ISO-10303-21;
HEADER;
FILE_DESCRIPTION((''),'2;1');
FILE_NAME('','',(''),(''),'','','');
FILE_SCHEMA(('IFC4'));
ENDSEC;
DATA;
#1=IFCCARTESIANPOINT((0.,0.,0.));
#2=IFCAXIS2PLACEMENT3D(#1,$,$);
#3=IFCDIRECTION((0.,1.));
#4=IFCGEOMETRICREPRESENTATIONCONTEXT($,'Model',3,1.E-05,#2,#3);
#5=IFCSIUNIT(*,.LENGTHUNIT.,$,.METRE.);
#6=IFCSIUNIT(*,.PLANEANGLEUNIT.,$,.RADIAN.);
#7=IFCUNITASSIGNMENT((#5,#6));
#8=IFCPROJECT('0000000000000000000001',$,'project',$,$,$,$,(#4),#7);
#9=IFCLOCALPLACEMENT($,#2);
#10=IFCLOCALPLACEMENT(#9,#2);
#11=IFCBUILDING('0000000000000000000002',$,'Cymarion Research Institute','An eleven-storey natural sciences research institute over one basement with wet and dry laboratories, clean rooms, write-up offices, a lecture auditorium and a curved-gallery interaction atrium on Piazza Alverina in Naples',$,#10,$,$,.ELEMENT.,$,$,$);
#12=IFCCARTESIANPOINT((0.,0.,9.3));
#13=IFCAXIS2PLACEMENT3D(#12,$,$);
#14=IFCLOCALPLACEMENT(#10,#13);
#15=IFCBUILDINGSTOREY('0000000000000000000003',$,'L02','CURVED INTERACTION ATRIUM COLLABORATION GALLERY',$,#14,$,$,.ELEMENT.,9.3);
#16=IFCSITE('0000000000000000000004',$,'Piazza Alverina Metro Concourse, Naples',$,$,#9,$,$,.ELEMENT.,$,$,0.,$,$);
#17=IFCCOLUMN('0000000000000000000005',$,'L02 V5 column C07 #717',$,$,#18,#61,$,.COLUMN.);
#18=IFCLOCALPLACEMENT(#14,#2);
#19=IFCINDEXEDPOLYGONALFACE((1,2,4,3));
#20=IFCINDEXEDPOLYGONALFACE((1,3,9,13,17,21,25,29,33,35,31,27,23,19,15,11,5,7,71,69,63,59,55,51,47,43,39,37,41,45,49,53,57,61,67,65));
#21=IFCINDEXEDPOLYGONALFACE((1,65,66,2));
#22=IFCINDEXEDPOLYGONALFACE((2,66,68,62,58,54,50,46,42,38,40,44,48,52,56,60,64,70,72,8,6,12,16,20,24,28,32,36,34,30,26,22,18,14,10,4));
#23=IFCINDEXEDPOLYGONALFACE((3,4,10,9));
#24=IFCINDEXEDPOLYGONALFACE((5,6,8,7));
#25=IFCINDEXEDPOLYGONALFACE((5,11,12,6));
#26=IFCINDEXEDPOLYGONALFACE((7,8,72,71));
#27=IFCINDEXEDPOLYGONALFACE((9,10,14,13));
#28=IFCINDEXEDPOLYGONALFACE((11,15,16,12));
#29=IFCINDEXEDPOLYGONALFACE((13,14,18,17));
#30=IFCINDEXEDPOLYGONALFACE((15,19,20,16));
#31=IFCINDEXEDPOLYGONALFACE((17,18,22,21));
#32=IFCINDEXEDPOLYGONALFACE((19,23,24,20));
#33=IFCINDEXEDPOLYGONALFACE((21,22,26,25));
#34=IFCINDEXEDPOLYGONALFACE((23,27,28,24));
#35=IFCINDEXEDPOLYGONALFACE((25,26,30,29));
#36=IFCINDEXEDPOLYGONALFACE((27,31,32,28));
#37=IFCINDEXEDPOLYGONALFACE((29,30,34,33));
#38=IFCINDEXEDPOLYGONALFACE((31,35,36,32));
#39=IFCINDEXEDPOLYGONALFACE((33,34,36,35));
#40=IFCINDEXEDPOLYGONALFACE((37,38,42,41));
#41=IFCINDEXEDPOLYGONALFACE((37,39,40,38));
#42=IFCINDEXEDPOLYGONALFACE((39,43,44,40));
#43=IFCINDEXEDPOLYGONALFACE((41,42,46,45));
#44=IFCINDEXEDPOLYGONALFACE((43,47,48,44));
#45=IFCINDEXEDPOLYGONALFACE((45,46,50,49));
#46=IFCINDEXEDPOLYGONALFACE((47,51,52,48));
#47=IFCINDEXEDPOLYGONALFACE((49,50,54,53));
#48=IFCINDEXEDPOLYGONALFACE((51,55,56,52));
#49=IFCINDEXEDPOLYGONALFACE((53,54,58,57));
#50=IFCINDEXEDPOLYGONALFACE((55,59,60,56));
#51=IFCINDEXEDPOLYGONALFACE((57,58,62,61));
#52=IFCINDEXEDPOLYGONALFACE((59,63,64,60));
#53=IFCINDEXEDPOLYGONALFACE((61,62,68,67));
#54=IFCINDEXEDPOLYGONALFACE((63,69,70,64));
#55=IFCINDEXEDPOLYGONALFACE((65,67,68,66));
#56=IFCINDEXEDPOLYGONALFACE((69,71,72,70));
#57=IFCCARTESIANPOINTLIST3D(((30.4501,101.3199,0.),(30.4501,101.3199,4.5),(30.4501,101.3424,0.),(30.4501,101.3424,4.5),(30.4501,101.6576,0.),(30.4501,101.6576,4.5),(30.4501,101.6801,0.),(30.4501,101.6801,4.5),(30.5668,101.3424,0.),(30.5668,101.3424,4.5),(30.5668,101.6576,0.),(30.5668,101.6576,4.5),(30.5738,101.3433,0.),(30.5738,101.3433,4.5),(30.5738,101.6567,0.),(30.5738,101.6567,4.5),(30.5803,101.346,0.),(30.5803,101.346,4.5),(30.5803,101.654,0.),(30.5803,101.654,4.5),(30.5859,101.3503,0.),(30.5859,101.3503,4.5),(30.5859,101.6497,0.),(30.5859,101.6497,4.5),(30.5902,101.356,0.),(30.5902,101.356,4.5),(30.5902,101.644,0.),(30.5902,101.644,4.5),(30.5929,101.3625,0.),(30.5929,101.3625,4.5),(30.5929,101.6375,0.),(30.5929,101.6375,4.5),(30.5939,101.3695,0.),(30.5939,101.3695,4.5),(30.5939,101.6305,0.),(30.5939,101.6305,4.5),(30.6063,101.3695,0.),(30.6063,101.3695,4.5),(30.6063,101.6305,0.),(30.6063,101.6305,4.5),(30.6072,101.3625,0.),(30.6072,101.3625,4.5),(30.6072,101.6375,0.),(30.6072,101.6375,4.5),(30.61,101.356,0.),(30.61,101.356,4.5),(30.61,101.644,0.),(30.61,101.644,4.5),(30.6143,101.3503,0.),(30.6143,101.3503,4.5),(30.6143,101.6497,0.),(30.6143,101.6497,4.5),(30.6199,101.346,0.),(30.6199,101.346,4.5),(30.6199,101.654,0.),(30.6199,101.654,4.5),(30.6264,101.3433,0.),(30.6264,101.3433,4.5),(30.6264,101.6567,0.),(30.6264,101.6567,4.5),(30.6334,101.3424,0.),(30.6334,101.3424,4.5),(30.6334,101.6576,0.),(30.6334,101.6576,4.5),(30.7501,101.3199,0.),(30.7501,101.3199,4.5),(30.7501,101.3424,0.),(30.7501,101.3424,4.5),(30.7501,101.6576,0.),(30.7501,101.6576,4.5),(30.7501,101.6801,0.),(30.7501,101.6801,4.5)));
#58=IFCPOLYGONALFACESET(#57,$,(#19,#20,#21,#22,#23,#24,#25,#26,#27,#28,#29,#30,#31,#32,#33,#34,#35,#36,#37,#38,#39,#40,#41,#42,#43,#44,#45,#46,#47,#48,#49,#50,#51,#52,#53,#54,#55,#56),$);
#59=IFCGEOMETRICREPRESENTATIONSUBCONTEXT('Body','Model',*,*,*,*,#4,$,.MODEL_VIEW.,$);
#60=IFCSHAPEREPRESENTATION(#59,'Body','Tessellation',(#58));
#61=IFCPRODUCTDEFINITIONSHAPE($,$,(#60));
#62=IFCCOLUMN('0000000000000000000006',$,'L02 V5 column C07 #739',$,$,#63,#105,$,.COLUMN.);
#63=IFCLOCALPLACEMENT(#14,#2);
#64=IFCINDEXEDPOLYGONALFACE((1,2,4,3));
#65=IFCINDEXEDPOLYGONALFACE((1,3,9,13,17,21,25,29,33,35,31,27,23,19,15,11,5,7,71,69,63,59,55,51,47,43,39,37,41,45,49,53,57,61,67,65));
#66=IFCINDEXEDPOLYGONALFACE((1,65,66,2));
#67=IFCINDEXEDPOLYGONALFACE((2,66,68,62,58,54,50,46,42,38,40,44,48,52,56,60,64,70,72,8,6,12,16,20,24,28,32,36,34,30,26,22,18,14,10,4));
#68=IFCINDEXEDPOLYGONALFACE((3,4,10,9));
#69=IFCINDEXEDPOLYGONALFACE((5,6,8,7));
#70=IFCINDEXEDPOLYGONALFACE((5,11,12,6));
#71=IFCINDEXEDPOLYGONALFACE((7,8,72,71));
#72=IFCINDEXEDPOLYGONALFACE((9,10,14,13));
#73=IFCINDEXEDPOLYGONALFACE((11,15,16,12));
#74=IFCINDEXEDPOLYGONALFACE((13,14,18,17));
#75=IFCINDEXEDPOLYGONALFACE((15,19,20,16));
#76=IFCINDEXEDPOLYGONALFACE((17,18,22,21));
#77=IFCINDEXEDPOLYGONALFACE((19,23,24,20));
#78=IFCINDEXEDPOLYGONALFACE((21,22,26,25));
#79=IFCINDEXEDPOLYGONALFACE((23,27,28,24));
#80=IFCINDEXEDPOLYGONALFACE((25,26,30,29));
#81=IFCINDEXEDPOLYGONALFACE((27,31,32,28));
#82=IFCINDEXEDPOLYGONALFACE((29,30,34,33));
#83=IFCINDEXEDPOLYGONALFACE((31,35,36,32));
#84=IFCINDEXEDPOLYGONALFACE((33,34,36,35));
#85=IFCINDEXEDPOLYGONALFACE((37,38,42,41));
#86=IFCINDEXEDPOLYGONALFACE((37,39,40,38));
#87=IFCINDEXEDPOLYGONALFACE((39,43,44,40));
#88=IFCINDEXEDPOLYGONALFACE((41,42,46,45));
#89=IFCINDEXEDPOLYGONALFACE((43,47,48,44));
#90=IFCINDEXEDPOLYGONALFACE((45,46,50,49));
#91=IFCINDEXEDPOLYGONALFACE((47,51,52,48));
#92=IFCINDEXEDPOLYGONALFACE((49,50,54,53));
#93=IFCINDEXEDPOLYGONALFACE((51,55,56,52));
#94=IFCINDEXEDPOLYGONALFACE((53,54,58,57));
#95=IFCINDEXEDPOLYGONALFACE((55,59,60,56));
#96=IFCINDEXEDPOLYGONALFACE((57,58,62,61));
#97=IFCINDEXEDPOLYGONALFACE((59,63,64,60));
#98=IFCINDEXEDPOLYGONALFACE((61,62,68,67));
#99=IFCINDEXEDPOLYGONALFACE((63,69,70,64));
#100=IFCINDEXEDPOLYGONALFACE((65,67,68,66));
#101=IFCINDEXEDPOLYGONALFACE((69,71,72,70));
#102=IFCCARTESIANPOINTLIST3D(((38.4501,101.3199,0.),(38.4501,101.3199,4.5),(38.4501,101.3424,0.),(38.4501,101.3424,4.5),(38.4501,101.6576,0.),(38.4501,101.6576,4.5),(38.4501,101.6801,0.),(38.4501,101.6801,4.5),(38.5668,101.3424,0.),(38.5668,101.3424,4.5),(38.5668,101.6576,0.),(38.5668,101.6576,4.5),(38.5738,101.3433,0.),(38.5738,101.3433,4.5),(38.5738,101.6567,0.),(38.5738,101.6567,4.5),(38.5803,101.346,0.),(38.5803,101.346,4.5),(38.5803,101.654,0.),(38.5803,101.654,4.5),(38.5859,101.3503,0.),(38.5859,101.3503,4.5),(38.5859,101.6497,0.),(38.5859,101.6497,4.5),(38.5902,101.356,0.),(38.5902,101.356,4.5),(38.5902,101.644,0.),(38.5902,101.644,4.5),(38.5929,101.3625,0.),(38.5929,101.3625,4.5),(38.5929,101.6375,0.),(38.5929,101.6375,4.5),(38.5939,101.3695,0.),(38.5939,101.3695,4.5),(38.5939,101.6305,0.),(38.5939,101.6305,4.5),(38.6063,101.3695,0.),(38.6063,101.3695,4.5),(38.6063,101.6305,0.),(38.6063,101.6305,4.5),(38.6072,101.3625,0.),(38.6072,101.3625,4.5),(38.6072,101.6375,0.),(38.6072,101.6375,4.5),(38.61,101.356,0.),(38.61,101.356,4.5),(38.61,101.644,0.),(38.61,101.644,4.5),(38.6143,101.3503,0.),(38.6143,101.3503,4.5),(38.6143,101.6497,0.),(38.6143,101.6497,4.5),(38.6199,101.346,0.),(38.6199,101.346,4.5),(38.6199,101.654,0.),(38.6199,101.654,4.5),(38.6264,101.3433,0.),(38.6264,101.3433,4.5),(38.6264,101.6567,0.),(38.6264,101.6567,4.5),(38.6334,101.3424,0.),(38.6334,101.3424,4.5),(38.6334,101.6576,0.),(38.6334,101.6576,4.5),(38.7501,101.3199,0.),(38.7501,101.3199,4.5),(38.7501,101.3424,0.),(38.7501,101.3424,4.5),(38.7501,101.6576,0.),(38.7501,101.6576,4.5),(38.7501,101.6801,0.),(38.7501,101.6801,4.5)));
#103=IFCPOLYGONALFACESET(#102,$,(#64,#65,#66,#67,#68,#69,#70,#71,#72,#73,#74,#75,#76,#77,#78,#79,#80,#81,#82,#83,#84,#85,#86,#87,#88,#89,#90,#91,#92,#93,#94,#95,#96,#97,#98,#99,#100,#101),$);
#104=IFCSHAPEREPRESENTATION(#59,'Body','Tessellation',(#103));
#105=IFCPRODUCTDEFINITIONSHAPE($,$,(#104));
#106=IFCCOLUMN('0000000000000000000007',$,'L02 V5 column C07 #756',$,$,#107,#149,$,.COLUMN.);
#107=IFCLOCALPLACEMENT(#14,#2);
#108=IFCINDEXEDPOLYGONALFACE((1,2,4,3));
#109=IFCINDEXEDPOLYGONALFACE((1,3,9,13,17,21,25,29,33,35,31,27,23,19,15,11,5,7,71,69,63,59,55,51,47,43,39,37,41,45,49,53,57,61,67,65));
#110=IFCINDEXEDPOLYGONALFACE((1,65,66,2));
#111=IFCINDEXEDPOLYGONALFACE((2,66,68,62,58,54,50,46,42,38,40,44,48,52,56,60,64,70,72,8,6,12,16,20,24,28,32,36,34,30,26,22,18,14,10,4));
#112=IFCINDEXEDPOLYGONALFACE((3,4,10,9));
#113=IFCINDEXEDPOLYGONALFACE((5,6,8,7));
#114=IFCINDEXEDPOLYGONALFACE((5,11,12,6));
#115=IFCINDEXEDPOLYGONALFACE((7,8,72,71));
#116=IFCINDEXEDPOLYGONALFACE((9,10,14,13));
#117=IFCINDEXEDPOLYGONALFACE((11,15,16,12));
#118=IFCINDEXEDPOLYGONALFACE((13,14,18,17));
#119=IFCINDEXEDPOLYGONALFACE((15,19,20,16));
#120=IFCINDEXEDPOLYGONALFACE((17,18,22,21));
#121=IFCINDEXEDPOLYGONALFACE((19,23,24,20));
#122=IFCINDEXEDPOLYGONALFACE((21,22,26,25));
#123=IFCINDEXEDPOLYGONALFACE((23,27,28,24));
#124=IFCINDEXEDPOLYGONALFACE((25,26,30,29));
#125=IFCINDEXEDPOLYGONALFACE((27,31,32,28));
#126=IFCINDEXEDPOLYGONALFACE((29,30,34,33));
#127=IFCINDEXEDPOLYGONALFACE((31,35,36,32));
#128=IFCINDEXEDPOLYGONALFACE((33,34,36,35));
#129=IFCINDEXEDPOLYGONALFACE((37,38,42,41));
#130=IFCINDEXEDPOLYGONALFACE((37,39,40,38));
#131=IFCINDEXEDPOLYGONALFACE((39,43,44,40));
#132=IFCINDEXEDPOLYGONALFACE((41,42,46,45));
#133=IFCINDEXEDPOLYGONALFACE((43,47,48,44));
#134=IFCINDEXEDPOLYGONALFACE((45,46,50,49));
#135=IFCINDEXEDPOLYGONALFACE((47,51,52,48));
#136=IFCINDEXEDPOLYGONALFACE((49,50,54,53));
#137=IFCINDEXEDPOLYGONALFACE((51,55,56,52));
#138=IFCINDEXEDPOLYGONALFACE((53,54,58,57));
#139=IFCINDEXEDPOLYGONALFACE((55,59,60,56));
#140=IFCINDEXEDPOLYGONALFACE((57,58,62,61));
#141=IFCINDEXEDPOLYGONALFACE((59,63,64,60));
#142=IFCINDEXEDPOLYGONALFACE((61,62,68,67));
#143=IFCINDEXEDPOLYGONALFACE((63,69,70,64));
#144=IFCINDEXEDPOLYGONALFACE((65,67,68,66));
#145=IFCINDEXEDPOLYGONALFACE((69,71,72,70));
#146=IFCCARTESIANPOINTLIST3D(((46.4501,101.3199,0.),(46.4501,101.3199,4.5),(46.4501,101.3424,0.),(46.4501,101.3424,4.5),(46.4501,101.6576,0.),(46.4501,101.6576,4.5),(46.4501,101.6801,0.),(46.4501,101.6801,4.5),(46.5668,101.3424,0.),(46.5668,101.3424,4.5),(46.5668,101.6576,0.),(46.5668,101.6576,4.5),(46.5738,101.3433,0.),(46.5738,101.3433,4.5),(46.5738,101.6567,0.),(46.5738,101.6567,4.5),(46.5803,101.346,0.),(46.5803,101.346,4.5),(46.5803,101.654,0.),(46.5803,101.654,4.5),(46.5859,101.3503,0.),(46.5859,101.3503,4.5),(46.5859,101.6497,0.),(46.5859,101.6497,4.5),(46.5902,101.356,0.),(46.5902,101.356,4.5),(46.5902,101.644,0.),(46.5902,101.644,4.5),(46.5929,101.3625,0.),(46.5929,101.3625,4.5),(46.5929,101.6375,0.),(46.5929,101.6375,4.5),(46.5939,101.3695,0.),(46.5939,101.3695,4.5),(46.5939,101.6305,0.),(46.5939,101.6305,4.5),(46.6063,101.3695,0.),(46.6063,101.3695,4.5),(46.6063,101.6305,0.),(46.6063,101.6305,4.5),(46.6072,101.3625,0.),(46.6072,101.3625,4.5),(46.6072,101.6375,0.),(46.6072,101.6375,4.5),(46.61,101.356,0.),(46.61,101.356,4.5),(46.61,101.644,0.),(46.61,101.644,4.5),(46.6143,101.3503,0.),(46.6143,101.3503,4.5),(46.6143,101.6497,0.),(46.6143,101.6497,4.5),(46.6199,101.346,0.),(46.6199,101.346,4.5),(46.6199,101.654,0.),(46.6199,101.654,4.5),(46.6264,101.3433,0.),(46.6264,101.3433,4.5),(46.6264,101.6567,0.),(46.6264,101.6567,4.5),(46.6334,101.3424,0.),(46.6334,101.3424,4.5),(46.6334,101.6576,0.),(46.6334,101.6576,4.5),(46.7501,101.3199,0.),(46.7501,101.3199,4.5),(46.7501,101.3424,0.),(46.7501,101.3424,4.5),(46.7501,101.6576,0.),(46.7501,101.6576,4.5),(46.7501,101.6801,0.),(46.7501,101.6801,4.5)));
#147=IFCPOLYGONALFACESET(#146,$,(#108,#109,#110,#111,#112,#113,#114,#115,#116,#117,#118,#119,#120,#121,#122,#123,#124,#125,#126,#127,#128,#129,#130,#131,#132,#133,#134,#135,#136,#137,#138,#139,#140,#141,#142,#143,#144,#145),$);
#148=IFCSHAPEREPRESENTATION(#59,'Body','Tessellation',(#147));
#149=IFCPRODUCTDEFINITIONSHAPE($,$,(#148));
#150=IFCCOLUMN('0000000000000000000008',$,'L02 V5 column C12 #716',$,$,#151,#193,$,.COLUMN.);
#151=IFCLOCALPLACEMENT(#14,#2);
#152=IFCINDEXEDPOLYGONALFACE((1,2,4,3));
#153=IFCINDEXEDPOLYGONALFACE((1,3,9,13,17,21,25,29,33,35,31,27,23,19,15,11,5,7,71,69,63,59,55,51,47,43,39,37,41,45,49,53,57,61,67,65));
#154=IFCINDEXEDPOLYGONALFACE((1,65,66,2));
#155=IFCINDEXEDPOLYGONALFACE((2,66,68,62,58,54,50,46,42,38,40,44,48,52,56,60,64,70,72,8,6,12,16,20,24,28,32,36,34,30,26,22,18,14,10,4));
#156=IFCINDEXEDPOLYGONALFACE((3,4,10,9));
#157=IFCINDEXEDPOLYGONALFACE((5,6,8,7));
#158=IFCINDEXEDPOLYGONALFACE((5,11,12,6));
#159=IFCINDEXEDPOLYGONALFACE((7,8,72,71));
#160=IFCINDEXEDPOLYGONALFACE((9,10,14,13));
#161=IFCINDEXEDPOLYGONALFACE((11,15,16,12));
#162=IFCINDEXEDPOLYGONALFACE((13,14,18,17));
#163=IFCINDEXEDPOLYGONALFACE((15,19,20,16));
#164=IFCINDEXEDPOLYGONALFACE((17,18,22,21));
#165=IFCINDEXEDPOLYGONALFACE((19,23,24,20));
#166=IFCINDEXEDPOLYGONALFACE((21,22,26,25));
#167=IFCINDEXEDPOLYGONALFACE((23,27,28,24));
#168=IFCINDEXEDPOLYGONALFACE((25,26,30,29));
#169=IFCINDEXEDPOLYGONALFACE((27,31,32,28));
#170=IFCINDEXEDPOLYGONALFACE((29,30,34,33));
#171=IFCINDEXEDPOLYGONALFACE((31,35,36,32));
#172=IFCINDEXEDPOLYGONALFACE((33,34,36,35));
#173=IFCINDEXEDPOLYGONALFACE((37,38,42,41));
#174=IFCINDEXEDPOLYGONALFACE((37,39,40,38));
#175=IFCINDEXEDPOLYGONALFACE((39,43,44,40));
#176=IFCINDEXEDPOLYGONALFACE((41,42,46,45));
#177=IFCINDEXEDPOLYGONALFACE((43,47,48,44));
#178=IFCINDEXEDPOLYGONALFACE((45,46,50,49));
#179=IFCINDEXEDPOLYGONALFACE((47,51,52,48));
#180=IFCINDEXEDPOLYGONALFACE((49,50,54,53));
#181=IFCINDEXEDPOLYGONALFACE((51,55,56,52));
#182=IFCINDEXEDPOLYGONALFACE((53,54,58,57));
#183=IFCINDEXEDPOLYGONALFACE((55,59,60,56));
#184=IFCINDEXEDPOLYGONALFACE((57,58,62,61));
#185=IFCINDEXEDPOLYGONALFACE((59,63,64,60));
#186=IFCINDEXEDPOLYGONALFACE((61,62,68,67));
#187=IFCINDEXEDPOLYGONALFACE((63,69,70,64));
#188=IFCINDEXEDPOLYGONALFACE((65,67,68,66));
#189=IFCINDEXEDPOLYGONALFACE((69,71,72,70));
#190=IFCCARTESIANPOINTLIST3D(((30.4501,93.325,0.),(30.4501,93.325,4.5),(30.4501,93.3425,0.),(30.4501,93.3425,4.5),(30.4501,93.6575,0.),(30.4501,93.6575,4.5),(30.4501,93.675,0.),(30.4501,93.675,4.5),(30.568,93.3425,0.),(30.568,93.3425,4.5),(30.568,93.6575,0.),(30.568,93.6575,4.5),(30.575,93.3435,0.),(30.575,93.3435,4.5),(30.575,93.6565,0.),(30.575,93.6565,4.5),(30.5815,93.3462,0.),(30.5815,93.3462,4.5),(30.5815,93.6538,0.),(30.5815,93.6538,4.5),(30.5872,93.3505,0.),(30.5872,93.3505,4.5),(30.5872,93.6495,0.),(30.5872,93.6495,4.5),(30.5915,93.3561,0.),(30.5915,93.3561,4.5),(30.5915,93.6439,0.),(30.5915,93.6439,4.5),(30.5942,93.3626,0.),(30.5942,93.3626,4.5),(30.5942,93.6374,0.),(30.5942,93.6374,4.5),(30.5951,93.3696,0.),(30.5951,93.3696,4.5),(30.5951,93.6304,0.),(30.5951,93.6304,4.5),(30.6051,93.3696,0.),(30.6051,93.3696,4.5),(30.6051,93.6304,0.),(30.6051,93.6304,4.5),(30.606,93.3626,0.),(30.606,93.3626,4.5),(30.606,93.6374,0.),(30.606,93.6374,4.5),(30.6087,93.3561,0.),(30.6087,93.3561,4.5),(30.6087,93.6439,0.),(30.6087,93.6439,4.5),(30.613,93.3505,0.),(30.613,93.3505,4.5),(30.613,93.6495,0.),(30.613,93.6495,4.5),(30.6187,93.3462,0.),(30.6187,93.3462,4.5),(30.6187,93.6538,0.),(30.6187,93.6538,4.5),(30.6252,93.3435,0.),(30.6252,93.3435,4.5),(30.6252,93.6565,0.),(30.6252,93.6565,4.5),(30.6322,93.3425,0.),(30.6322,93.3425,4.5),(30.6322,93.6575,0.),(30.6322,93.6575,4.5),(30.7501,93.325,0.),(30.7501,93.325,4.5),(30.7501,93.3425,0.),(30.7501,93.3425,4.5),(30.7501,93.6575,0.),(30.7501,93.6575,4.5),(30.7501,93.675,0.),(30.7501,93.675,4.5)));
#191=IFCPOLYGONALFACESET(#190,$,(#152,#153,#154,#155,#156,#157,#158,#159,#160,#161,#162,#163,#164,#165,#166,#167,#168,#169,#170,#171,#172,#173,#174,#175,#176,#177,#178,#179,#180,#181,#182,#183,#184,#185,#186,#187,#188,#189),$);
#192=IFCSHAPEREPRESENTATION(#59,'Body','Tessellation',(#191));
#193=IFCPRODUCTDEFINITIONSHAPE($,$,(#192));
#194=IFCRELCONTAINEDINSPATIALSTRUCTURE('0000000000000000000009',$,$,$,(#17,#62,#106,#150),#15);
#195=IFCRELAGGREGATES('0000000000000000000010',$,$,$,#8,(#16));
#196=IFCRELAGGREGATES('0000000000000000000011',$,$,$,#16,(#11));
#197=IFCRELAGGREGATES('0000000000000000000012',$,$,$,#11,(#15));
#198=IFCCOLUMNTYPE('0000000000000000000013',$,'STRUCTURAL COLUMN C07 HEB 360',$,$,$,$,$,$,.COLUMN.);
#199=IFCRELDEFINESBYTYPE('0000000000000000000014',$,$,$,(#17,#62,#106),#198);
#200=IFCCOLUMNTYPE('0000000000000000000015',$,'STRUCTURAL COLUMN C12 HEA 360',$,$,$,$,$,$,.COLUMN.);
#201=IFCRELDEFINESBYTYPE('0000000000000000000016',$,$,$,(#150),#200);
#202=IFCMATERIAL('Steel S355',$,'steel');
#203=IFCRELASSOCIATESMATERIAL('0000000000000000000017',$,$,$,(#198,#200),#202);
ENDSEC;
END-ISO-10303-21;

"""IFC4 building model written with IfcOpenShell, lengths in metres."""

from ifc_helpers import new_model, si_unit, direction, frame, origin, origin_2d, place, context, subcontext, project, spatial, i_section, extrude, material, material_profile, profile_set, type_object, element, save


model = new_model("IFC4")

# Units and contexts
model_context = context("Model", 3, precision=1e-05, world=origin(), true_north=direction((0.0, 1.0)))
body_context = subcontext(model_context, "Body", "Model", "MODEL_VIEW")
ifc_project = project(units=[si_unit("LENGTHUNIT", "METRE"), si_unit("PLANEANGLEUNIT", "RADIAN")], contexts=[model_context])

# Site, building, storey
site_placement = place(None, origin())
site = spatial("IfcSite", under=ifc_project, at=site_placement, Name="Piazza Alverina Metro Concourse, Naples", CompositionType="ELEMENT", RefElevation=0.0)
building_placement = place(site_placement, origin())
building = spatial("IfcBuilding", under=site, at=building_placement, Name="Cymarion Research Institute", Description="An eleven-storey natural sciences research institute over one basement with wet and dry laboratories, clean rooms, write-up offices, a lecture auditorium and a curved-gallery interaction atrium on Piazza Alverina in Naples", CompositionType="ELEMENT")
storey_placement = place(building_placement, frame((0.0, 0.0, 9.3)))
storey = spatial("IfcBuildingStorey", under=building, at=storey_placement, Name="L02", Description="CURVED INTERACTION ATRIUM COLLABORATION GALLERY", CompositionType="ELEMENT", Elevation=9.3)

# Columns
ifc_material_1 = material(Name="Steel S355", Category="steel")
ifc_material_profile_1 = material_profile(ifc_material_1, i_section(OverallWidth=0.3, OverallDepth=0.3601, WebThickness=0.0125, FlangeThickness=0.0225, FilletRadius=0.0271, at=origin_2d()), Name="HEB 360")
ifc_profile_set_1 = profile_set([ifc_material_profile_1], Name="Steel S355")
column_type_1 = type_object("IfcColumnType", Name="STRUCTURAL COLUMN C07 HEB 360", PredefinedType="COLUMN", material=ifc_profile_set_1)
for number, where, z_axis, x_axis, name in (
    (1, (30.6001, 101.5, 0.0), (0.0, 0.0, 1.0), (1.0, 0.0, 0.0), "L02 V5 column C07 #717"),
    (2, (38.6001, 101.5, 0.0), (0.0, 0.0, 1.0), (1.0, 0.0, 0.0), "L02 V5 column C07 #739"),
    (3, (46.6001, 101.5, 0.0), (0.0, 0.0, 1.0), (1.0, 0.0, 0.0), "L02 V5 column C07 #756"),
):
    element("IfcColumn", number, at=place(storey_placement, frame(where, z_axis=z_axis, x_axis=x_axis)), inside=storey, type_object=column_type_1, Name=name, PredefinedType="COLUMN", context=body_context, shape_type="SweptSolid", body=[
        extrude(i_section(OverallWidth=0.3, OverallDepth=0.3601, WebThickness=0.0125, FlangeThickness=0.0225, FilletRadius=0.0271, at=origin_2d()), origin(), (0.0, 0.0, 1.0), 4.5),
    ])
ifc_material_profile_2 = material_profile(ifc_material_1, i_section(OverallWidth=0.3, OverallDepth=0.3501, WebThickness=0.01, FlangeThickness=0.0176, FilletRadius=0.0271, at=origin_2d()), Name="HEA 360")
ifc_profile_set_2 = profile_set([ifc_material_profile_2], Name="Steel S355")
column_type_2 = type_object("IfcColumnType", Name="STRUCTURAL COLUMN C12 HEA 360", PredefinedType="COLUMN", material=ifc_profile_set_2)
for number, where, z_axis, x_axis, name in (
    (4, (30.6001, 93.5, 0.0), (0.0, 0.0, 1.0), (1.0, 0.0, 0.0), "L02 V5 column C12 #716"),
):
    element("IfcColumn", number, at=place(storey_placement, frame(where, z_axis=z_axis, x_axis=x_axis)), inside=storey, type_object=column_type_2, Name=name, PredefinedType="COLUMN", context=body_context, shape_type="SweptSolid", body=[
        extrude(i_section(OverallWidth=0.3, OverallDepth=0.3501, WebThickness=0.01, FlangeThickness=0.0176, FilletRadius=0.0271, at=origin_2d()), origin(), (0.0, 0.0, 1.0), 4.5),
    ])

save(model, "model.ifc")
